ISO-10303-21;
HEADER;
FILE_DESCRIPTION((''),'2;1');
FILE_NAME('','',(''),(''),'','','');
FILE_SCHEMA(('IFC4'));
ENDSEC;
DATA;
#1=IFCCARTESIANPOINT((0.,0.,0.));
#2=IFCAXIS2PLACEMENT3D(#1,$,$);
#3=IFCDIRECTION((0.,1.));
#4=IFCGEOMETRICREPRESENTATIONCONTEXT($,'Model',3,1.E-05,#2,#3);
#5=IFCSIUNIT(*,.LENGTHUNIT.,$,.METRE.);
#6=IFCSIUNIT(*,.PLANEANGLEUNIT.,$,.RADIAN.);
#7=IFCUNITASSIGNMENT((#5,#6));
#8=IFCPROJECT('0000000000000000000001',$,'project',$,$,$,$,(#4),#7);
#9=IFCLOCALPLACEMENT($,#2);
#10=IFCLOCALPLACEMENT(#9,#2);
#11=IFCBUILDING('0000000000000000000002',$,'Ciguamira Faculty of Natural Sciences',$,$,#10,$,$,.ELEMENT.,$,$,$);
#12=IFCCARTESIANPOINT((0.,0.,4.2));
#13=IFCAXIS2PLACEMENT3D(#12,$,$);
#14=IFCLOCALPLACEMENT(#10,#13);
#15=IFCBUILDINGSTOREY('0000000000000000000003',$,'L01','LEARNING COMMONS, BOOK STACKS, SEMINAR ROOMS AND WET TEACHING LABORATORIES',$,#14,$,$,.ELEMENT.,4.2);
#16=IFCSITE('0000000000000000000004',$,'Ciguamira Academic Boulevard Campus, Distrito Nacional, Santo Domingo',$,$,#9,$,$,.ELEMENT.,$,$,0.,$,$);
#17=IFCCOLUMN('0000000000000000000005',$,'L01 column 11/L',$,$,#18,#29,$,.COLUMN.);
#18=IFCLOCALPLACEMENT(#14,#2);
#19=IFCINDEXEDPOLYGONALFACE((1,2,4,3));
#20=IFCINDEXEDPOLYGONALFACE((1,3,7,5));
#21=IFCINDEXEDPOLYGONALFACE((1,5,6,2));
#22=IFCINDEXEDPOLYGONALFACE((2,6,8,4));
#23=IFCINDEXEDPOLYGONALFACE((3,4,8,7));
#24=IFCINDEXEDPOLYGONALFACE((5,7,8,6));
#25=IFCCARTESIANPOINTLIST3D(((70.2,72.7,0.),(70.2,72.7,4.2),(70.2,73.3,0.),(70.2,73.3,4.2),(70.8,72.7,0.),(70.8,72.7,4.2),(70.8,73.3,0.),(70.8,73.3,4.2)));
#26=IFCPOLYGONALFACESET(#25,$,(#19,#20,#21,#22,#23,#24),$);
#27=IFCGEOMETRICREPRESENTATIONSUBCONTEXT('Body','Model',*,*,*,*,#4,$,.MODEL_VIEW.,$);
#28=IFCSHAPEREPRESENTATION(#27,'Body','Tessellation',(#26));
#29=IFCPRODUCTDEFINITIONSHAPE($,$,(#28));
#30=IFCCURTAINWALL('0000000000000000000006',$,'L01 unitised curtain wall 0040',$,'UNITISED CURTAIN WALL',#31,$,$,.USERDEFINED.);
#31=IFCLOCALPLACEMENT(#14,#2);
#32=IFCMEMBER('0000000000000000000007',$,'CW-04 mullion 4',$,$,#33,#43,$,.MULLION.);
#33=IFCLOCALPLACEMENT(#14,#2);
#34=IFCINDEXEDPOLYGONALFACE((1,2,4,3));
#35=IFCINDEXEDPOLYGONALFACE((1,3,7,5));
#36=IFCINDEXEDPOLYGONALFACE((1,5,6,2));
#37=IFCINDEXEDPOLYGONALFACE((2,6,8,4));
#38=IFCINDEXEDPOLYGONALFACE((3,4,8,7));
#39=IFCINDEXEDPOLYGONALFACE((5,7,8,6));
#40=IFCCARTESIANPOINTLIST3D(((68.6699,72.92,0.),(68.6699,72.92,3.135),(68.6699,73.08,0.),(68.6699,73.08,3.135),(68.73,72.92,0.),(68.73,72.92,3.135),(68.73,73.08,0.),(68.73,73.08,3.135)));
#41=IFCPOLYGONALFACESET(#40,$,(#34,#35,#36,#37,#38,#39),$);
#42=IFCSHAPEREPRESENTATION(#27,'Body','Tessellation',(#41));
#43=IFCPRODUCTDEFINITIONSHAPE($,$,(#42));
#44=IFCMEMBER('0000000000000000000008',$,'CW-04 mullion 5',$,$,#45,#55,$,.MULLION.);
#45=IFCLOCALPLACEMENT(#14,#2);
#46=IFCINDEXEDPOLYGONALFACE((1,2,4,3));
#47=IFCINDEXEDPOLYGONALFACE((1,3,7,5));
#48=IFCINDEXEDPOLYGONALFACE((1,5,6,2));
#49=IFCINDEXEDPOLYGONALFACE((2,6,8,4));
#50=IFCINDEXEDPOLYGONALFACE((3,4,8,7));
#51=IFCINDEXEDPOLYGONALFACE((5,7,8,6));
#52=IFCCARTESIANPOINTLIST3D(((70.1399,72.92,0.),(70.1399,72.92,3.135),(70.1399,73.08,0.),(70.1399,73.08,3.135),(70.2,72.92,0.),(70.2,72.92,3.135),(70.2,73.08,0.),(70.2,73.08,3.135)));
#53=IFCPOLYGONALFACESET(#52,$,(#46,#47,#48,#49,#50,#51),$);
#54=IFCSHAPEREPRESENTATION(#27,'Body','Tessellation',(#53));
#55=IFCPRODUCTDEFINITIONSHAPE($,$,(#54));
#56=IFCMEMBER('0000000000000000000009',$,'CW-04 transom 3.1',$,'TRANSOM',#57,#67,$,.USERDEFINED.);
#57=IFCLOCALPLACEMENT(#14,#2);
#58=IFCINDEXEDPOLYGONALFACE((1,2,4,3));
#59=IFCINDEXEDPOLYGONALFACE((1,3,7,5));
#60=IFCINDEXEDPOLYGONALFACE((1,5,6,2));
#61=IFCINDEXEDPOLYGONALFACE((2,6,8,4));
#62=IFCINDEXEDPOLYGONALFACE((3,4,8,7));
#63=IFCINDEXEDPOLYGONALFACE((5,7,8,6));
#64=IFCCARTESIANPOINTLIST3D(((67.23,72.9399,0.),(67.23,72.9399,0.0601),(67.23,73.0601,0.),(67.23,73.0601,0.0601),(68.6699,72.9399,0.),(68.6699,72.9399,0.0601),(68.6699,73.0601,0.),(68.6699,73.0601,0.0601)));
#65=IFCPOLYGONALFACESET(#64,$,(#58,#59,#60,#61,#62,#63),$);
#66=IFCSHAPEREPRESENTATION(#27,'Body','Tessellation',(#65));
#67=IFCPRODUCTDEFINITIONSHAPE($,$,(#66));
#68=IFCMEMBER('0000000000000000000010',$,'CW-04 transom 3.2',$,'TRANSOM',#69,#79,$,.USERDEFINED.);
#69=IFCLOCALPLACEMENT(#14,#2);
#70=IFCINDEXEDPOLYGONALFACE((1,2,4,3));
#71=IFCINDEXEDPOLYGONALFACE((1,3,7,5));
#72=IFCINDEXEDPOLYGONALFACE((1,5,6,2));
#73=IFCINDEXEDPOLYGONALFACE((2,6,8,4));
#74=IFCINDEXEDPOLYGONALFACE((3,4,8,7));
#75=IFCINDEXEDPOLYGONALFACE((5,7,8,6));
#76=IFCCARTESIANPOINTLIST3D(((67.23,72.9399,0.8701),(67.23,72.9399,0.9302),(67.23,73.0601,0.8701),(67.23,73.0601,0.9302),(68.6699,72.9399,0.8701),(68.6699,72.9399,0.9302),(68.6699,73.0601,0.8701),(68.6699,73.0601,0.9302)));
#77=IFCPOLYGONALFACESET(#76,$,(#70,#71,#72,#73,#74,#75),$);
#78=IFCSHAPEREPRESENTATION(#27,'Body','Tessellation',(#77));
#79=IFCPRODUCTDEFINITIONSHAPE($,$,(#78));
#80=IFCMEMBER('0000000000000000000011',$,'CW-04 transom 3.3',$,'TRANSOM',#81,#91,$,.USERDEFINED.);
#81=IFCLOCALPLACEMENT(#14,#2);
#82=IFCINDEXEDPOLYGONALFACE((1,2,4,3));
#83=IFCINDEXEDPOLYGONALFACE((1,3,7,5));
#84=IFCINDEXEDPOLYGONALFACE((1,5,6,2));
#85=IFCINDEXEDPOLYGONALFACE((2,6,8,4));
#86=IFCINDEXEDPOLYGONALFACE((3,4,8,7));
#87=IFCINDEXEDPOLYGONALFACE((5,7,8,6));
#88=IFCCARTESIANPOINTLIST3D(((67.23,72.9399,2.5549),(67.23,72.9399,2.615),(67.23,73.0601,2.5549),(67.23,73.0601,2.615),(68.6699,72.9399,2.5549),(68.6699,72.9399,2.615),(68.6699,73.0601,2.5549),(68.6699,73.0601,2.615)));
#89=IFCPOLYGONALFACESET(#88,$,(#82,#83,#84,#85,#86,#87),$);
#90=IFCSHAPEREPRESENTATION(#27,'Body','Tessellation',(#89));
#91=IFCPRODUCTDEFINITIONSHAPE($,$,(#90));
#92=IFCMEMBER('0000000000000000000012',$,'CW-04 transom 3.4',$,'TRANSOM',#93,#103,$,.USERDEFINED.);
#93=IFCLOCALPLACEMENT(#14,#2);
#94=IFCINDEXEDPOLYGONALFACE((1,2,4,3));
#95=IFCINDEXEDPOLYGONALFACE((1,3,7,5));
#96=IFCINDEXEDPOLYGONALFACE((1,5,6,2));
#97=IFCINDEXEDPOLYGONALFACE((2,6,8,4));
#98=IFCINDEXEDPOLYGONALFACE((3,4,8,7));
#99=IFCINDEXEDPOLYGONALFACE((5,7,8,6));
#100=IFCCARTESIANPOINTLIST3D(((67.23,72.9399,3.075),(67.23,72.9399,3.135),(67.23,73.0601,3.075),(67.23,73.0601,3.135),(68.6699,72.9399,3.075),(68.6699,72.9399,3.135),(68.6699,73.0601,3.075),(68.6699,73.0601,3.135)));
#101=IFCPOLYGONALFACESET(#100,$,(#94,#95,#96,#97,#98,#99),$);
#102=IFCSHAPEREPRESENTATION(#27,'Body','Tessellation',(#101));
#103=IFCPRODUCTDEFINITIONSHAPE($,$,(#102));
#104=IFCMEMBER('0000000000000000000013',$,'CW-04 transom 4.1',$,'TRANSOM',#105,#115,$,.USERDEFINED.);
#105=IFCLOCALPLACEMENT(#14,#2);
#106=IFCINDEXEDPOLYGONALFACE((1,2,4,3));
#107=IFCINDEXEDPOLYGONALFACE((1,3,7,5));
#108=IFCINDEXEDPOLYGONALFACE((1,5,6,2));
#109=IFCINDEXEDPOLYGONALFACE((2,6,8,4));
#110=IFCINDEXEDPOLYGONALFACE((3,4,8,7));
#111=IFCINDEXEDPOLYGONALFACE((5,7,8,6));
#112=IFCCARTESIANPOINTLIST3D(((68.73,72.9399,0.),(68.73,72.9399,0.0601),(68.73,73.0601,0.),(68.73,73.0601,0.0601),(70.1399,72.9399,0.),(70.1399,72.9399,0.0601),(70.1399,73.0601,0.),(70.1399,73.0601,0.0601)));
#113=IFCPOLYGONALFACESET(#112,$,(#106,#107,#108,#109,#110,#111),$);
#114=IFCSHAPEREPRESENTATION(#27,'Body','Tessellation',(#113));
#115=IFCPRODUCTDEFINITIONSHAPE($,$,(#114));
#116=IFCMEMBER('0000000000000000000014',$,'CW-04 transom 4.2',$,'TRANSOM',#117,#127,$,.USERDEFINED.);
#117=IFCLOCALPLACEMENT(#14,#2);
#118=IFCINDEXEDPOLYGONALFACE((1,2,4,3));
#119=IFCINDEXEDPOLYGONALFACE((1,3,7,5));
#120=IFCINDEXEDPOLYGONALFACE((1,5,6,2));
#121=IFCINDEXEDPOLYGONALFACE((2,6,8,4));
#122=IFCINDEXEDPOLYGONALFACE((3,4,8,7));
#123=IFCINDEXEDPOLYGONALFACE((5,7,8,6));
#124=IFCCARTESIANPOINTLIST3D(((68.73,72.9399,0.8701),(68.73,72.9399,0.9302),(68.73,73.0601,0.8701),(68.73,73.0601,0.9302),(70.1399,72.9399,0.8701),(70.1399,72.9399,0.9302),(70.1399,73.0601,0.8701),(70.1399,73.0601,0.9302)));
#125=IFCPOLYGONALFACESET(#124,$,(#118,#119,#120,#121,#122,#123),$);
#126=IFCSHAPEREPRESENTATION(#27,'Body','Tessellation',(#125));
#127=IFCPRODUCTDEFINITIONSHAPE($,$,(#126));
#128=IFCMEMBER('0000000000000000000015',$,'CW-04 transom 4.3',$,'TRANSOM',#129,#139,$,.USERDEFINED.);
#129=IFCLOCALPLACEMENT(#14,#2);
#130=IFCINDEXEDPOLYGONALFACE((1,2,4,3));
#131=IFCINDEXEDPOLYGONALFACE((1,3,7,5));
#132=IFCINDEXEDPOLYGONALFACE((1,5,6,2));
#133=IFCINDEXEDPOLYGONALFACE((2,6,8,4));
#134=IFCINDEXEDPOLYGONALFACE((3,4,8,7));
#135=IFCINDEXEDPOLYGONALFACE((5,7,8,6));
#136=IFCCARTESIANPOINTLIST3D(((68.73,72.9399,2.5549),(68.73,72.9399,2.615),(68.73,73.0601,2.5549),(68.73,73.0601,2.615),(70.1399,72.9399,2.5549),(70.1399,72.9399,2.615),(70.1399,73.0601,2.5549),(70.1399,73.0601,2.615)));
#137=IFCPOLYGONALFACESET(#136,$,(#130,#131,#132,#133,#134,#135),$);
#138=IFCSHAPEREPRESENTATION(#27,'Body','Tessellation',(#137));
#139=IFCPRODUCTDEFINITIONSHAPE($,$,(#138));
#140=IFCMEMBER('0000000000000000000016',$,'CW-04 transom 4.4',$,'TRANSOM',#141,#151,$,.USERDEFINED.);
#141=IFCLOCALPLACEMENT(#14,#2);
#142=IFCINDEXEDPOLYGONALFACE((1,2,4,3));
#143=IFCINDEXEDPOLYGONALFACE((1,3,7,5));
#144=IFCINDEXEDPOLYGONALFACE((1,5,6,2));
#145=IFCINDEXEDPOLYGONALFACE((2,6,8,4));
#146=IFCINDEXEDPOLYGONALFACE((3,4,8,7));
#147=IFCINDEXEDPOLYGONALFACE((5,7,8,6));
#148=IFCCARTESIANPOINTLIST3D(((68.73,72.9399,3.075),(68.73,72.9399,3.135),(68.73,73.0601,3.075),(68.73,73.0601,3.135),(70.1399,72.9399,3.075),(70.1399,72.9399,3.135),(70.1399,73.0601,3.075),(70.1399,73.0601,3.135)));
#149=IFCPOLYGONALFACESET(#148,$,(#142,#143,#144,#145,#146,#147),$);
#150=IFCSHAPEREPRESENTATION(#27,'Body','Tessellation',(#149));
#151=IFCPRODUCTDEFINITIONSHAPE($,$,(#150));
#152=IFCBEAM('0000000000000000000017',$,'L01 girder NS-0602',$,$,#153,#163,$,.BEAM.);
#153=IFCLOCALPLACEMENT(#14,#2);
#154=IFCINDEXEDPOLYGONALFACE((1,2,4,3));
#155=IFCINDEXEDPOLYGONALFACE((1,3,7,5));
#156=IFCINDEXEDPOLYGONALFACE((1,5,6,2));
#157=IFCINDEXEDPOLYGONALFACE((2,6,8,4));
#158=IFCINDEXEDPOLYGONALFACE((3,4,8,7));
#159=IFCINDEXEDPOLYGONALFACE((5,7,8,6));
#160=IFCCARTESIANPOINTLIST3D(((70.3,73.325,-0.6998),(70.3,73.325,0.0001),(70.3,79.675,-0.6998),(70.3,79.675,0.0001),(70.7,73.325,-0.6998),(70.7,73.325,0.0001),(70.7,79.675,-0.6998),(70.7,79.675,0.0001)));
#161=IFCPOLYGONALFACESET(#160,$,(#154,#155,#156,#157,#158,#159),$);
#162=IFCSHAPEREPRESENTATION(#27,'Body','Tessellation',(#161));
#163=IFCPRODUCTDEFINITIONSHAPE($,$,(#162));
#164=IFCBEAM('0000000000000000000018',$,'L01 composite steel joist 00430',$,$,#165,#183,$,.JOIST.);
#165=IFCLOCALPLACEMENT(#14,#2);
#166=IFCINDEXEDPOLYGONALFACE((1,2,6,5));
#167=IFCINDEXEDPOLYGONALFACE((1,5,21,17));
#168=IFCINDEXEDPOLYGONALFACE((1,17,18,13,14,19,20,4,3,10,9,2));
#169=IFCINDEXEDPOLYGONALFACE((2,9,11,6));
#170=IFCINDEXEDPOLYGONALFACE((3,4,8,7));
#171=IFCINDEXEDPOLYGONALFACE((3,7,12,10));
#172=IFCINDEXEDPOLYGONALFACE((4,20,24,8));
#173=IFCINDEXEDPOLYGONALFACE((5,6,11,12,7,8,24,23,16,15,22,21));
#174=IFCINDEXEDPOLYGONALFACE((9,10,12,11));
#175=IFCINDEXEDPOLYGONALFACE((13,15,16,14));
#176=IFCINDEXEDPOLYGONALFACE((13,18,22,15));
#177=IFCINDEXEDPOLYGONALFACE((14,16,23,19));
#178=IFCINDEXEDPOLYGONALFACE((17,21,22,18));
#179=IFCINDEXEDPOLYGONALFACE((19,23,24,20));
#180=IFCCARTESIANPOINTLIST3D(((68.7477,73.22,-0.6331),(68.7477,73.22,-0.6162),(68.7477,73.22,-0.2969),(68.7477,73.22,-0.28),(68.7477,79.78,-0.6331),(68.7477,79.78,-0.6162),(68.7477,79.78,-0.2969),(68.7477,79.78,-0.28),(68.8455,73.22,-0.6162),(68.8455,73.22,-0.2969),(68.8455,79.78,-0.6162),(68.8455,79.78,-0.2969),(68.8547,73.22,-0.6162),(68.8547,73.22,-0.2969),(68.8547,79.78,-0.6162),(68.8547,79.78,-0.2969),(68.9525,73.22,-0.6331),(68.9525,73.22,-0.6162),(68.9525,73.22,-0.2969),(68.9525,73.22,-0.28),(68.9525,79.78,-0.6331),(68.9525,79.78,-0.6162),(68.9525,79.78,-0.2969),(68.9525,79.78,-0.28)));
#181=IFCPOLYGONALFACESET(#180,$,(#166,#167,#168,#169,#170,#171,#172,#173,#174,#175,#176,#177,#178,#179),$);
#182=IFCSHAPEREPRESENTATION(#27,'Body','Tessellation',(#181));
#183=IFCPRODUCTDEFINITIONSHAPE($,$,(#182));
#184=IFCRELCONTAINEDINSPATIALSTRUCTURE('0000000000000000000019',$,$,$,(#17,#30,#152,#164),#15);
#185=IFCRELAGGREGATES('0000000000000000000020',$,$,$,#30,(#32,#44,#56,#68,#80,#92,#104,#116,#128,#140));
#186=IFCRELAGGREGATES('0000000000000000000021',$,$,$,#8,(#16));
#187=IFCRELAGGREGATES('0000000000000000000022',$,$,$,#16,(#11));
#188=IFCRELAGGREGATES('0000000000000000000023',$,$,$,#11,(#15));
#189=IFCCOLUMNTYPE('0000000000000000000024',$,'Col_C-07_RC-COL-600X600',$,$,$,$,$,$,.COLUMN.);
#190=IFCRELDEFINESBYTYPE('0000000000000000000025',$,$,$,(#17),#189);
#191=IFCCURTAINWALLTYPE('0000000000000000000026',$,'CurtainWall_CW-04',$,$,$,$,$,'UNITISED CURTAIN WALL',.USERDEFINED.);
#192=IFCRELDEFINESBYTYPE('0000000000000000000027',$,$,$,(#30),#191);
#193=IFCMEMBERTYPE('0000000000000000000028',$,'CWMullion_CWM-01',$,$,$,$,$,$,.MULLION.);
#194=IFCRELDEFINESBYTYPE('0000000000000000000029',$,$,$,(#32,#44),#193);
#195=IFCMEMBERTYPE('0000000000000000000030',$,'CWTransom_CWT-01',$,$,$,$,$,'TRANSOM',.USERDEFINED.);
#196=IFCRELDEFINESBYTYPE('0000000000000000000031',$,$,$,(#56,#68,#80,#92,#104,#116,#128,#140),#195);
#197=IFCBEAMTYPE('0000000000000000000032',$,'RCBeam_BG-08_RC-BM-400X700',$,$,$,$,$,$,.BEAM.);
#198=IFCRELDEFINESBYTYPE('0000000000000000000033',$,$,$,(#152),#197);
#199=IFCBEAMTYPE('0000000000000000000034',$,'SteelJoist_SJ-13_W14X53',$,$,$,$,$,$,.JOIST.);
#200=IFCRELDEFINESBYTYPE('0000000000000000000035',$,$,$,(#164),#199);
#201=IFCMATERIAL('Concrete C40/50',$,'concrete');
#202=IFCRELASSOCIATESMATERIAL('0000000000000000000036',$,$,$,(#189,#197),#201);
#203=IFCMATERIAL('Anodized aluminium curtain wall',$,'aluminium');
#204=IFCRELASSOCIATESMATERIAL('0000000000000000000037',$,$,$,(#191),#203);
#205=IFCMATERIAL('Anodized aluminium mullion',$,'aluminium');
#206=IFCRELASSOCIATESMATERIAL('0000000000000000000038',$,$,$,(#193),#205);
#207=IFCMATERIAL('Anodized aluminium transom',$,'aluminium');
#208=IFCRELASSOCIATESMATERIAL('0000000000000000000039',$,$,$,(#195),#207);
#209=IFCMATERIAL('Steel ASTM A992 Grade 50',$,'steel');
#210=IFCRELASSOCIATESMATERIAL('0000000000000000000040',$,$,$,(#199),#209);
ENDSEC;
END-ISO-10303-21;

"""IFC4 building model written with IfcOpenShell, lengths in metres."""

from ifc_helpers import new_model, si_unit, direction, frame, origin, origin_2d, place, context, subcontext, project, spatial, rectangle, i_section, extrude, material, material_profile, profile_set, type_object, element, aggregate, save


model = new_model("IFC4")

# Units and contexts
model_context = context("Model", 3, precision=1e-05, world=origin(), true_north=direction((0.0, 1.0)))
body_context = subcontext(model_context, "Body", "Model", "MODEL_VIEW")
ifc_project = project(units=[si_unit("LENGTHUNIT", "METRE"), si_unit("PLANEANGLEUNIT", "RADIAN")], contexts=[model_context])

# Site, building, storey
site_placement = place(None, origin())
site = spatial("IfcSite", under=ifc_project, at=site_placement, Name="Ciguamira Academic Boulevard Campus, Distrito Nacional, Santo Domingo", CompositionType="ELEMENT", RefElevation=0.0)
building_placement = place(site_placement, origin())
building = spatial("IfcBuilding", under=site, at=building_placement, Name="Ciguamira Faculty of Natural Sciences", CompositionType="ELEMENT")
storey_placement = place(building_placement, frame((0.0, 0.0, 4.2)))
storey = spatial("IfcBuildingStorey", under=building, at=storey_placement, Name="L01", Description="LEARNING COMMONS, BOOK STACKS, SEMINAR ROOMS AND WET TEACHING LABORATORIES", CompositionType="ELEMENT", Elevation=4.2)

# Column
ifc_material_1 = material(Name="Concrete C40/50", Category="concrete")
ifc_material_profile_1 = material_profile(ifc_material_1, rectangle(XDim=0.6001, YDim=0.6001, at=origin_2d()), Name="RC-COL-600X600")
ifc_profile_set_1 = profile_set([ifc_material_profile_1], Name="Concrete C40/50")
column_type = type_object("IfcColumnType", Name="Col_C-07_RC-COL-600X600", PredefinedType="COLUMN", material=ifc_profile_set_1)
column_placement = place(storey_placement, frame((70.5, 73.0, 0.0), z_axis=(0.0, 0.0, 1.0), x_axis=(1.0, 0.0, 0.0)))
element("IfcColumn", 1, at=column_placement, inside=storey, type_object=column_type, Name="L01 column 11/L", PredefinedType="COLUMN", context=body_context, shape_type="SweptSolid", body=[
    extrude(rectangle(XDim=0.6001, YDim=0.6001, at=origin_2d()), origin(), (0.0, 0.0, 1.0), 4.2),
])

# Curtain wall, members
ifc_material_2 = material(Name="Anodized aluminium curtain wall", Category="aluminium")
curtain_wall_type = type_object("IfcCurtainWallType", Name="CurtainWall_CW-04", ElementType="UNITISED CURTAIN WALL", PredefinedType="USERDEFINED", material=ifc_material_2)
curtain_wall_placement = place(storey_placement, origin())
curtain_wall = element("IfcCurtainWall", 2, at=curtain_wall_placement, inside=storey, type_object=curtain_wall_type, Name="L01 unitised curtain wall 0040", ObjectType="UNITISED CURTAIN WALL", PredefinedType="USERDEFINED")
ifc_material_3 = material(Name="Anodized aluminium mullion", Category="aluminium")
ifc_material_profile_2 = material_profile(ifc_material_3, rectangle(XDim=0.0601, YDim=0.1599, at=origin_2d()), Name="ALU-MUL-60X160")
ifc_profile_set_2 = profile_set([ifc_material_profile_2], Name="Anodized aluminium mullion")
member_type_1 = type_object("IfcMemberType", Name="CWMullion_CWM-01", PredefinedType="MULLION", material=ifc_profile_set_2)
member_1_placement = place(storey_placement, frame((68.7, 73.0, 0.0), z_axis=(0.0, 0.0, 1.0), x_axis=(1.0, 0.0, 0.0)))
member_1 = element("IfcMember", 3, at=member_1_placement, type_object=member_type_1, Name="CW-04 mullion 4", PredefinedType="MULLION", context=body_context, shape_type="SweptSolid", body=[
    extrude(rectangle(XDim=0.0601, YDim=0.1599, at=origin_2d()), origin(), (0.0, 0.0, 1.0), 3.135),
])
member_2_placement = place(storey_placement, frame((70.1699, 73.0, 0.0), z_axis=(0.0, 0.0, 1.0), x_axis=(1.0, 0.0, 0.0)))
member_2 = element("IfcMember", 4, at=member_2_placement, type_object=member_type_1, Name="CW-04 mullion 5", PredefinedType="MULLION", context=body_context, shape_type="SweptSolid", body=[
    extrude(rectangle(XDim=0.0601, YDim=0.1599, at=origin_2d()), origin(), (0.0, 0.0, 1.0), 3.135),
])
ifc_material_4 = material(Name="Anodized aluminium transom", Category="aluminium")
ifc_material_profile_3 = material_profile(ifc_material_4, rectangle(XDim=0.0601, YDim=0.1201, at=origin_2d()), Name="ALU-TRN-60X120")
ifc_profile_set_3 = profile_set([ifc_material_profile_3], Name="Anodized aluminium transom")
member_type_2 = type_object("IfcMemberType", Name="CWTransom_CWT-01", ElementType="TRANSOM", PredefinedType="USERDEFINED", material=ifc_profile_set_3)
member_3_placement = place(storey_placement, frame((67.23, 73.0, 0.03), z_axis=(1.0, 0.0, 0.0), x_axis=(0.0, 0.0, 1.0)))
member_3 = element("IfcMember", 5, at=member_3_placement, type_object=member_type_2, Name="CW-04 transom 3.1", ObjectType="TRANSOM", PredefinedType="USERDEFINED", context=body_context, shape_type="SweptSolid", body=[
    extrude(rectangle(XDim=0.0601, YDim=0.1201, at=origin_2d()), origin(), (0.0, 0.0, 1.0), 1.4399),
])
member_4_placement = place(storey_placement, frame((67.23, 73.0, 0.9001), z_axis=(1.0, 0.0, 0.0), x_axis=(0.0, 0.0, 1.0)))
member_4 = element("IfcMember", 6, at=member_4_placement, type_object=member_type_2, Name="CW-04 transom 3.2", ObjectType="TRANSOM", PredefinedType="USERDEFINED", context=body_context, shape_type="SweptSolid", body=[
    extrude(rectangle(XDim=0.0601, YDim=0.1201, at=origin_2d()), origin(), (0.0, 0.0, 1.0), 1.4399),
])
member_5_placement = place(storey_placement, frame((67.23, 73.0, 2.585), z_axis=(1.0, 0.0, 0.0), x_axis=(0.0, 0.0, 1.0)))
member_5 = element("IfcMember", 7, at=member_5_placement, type_object=member_type_2, Name="CW-04 transom 3.3", ObjectType="TRANSOM", PredefinedType="USERDEFINED", context=body_context, shape_type="SweptSolid", body=[
    extrude(rectangle(XDim=0.0601, YDim=0.1201, at=origin_2d()), origin(), (0.0, 0.0, 1.0), 1.4399),
])
member_6_placement = place(storey_placement, frame((67.23, 73.0, 3.105), z_axis=(1.0, 0.0, 0.0), x_axis=(0.0, 0.0, 1.0)))
member_6 = element("IfcMember", 8, at=member_6_placement, type_object=member_type_2, Name="CW-04 transom 3.4", ObjectType="TRANSOM", PredefinedType="USERDEFINED", context=body_context, shape_type="SweptSolid", body=[
    extrude(rectangle(XDim=0.0601, YDim=0.1201, at=origin_2d()), origin(), (0.0, 0.0, 1.0), 1.4399),
])
member_7_placement = place(storey_placement, frame((68.73, 73.0, 0.03), z_axis=(1.0, 0.0, 0.0), x_axis=(0.0, 0.0, 1.0)))
member_7 = element("IfcMember", 9, at=member_7_placement, type_object=member_type_2, Name="CW-04 transom 4.1", ObjectType="TRANSOM", PredefinedType="USERDEFINED", context=body_context, shape_type="SweptSolid", body=[
    extrude(rectangle(XDim=0.0601, YDim=0.1201, at=origin_2d()), origin(), (0.0, 0.0, 1.0), 1.4099),
])
member_8_placement = place(storey_placement, frame((68.73, 73.0, 0.9001), z_axis=(1.0, 0.0, 0.0), x_axis=(0.0, 0.0, 1.0)))
member_8 = element("IfcMember", 10, at=member_8_placement, type_object=member_type_2, Name="CW-04 transom 4.2", ObjectType="TRANSOM", PredefinedType="USERDEFINED", context=body_context, shape_type="SweptSolid", body=[
    extrude(rectangle(XDim=0.0601, YDim=0.1201, at=origin_2d()), origin(), (0.0, 0.0, 1.0), 1.4099),
])
member_9_placement = place(storey_placement, frame((68.73, 73.0, 2.585), z_axis=(1.0, 0.0, 0.0), x_axis=(0.0, 0.0, 1.0)))
member_9 = element("IfcMember", 11, at=member_9_placement, type_object=member_type_2, Name="CW-04 transom 4.3", ObjectType="TRANSOM", PredefinedType="USERDEFINED", context=body_context, shape_type="SweptSolid", body=[
    extrude(rectangle(XDim=0.0601, YDim=0.1201, at=origin_2d()), origin(), (0.0, 0.0, 1.0), 1.4099),
])
member_10_placement = place(storey_placement, frame((68.73, 73.0, 3.105), z_axis=(1.0, 0.0, 0.0), x_axis=(0.0, 0.0, 1.0)))
member_10 = element("IfcMember", 12, at=member_10_placement, type_object=member_type_2, Name="CW-04 transom 4.4", ObjectType="TRANSOM", PredefinedType="USERDEFINED", context=body_context, shape_type="SweptSolid", body=[
    extrude(rectangle(XDim=0.0601, YDim=0.1201, at=origin_2d()), origin(), (0.0, 0.0, 1.0), 1.4099),
])

# Beams
ifc_material_profile_4 = material_profile(ifc_material_1, rectangle(XDim=0.3999, YDim=0.7, at=origin_2d()), Name="RC-BM-400X700")
ifc_profile_set_4 = profile_set([ifc_material_profile_4], Name="Concrete C40/50")
beam_type_1 = type_object("IfcBeamType", Name="RCBeam_BG-08_RC-BM-400X700", PredefinedType="BEAM", material=ifc_profile_set_4)
beam_1_placement = place(storey_placement, frame((70.5, 73.325, -0.3499), z_axis=(0.0, 1.0, 0.0), x_axis=(-1.0, 0.0, 0.0)))
element("IfcBeam", 13, at=beam_1_placement, inside=storey, type_object=beam_type_1, Name="L01 girder NS-0602", PredefinedType="BEAM", context=body_context, shape_type="SweptSolid", body=[
    extrude(rectangle(XDim=0.3999, YDim=0.7, at=origin_2d()), origin(), (0.0, 0.0, 1.0), 6.3501),
])
ifc_material_5 = material(Name="Steel ASTM A992 Grade 50", Category="steel")
ifc_material_profile_5 = material_profile(ifc_material_5, i_section(OverallWidth=0.2048, OverallDepth=0.353, WebThickness=0.0093, FlangeThickness=0.0168, at=origin_2d()), Name="W14X53")
ifc_profile_set_5 = profile_set([ifc_material_profile_5], Name="Steel ASTM A992 Grade 50")
beam_type_2 = type_object("IfcBeamType", Name="SteelJoist_SJ-13_W14X53", PredefinedType="JOIST", material=ifc_profile_set_5)
beam_2_placement = place(storey_placement, frame((68.8501, 73.22, -0.4565), z_axis=(0.0, 1.0, 0.0), x_axis=(-1.0, 0.0, 0.0)))
element("IfcBeam", 14, at=beam_2_placement, inside=storey, type_object=beam_type_2, Name="L01 composite steel joist 00430", PredefinedType="JOIST", context=body_context, shape_type="SweptSolid", body=[
    extrude(i_section(OverallWidth=0.2048, OverallDepth=0.353, WebThickness=0.0093, FlangeThickness=0.0168, at=origin_2d()), origin(), (0.0, 0.0, 1.0), 6.5601),
])

aggregate(curtain_wall, [member_1, member_2, member_3, member_4, member_5, member_6, member_7, member_8, member_9, member_10])

save(model, "model.ifc")
